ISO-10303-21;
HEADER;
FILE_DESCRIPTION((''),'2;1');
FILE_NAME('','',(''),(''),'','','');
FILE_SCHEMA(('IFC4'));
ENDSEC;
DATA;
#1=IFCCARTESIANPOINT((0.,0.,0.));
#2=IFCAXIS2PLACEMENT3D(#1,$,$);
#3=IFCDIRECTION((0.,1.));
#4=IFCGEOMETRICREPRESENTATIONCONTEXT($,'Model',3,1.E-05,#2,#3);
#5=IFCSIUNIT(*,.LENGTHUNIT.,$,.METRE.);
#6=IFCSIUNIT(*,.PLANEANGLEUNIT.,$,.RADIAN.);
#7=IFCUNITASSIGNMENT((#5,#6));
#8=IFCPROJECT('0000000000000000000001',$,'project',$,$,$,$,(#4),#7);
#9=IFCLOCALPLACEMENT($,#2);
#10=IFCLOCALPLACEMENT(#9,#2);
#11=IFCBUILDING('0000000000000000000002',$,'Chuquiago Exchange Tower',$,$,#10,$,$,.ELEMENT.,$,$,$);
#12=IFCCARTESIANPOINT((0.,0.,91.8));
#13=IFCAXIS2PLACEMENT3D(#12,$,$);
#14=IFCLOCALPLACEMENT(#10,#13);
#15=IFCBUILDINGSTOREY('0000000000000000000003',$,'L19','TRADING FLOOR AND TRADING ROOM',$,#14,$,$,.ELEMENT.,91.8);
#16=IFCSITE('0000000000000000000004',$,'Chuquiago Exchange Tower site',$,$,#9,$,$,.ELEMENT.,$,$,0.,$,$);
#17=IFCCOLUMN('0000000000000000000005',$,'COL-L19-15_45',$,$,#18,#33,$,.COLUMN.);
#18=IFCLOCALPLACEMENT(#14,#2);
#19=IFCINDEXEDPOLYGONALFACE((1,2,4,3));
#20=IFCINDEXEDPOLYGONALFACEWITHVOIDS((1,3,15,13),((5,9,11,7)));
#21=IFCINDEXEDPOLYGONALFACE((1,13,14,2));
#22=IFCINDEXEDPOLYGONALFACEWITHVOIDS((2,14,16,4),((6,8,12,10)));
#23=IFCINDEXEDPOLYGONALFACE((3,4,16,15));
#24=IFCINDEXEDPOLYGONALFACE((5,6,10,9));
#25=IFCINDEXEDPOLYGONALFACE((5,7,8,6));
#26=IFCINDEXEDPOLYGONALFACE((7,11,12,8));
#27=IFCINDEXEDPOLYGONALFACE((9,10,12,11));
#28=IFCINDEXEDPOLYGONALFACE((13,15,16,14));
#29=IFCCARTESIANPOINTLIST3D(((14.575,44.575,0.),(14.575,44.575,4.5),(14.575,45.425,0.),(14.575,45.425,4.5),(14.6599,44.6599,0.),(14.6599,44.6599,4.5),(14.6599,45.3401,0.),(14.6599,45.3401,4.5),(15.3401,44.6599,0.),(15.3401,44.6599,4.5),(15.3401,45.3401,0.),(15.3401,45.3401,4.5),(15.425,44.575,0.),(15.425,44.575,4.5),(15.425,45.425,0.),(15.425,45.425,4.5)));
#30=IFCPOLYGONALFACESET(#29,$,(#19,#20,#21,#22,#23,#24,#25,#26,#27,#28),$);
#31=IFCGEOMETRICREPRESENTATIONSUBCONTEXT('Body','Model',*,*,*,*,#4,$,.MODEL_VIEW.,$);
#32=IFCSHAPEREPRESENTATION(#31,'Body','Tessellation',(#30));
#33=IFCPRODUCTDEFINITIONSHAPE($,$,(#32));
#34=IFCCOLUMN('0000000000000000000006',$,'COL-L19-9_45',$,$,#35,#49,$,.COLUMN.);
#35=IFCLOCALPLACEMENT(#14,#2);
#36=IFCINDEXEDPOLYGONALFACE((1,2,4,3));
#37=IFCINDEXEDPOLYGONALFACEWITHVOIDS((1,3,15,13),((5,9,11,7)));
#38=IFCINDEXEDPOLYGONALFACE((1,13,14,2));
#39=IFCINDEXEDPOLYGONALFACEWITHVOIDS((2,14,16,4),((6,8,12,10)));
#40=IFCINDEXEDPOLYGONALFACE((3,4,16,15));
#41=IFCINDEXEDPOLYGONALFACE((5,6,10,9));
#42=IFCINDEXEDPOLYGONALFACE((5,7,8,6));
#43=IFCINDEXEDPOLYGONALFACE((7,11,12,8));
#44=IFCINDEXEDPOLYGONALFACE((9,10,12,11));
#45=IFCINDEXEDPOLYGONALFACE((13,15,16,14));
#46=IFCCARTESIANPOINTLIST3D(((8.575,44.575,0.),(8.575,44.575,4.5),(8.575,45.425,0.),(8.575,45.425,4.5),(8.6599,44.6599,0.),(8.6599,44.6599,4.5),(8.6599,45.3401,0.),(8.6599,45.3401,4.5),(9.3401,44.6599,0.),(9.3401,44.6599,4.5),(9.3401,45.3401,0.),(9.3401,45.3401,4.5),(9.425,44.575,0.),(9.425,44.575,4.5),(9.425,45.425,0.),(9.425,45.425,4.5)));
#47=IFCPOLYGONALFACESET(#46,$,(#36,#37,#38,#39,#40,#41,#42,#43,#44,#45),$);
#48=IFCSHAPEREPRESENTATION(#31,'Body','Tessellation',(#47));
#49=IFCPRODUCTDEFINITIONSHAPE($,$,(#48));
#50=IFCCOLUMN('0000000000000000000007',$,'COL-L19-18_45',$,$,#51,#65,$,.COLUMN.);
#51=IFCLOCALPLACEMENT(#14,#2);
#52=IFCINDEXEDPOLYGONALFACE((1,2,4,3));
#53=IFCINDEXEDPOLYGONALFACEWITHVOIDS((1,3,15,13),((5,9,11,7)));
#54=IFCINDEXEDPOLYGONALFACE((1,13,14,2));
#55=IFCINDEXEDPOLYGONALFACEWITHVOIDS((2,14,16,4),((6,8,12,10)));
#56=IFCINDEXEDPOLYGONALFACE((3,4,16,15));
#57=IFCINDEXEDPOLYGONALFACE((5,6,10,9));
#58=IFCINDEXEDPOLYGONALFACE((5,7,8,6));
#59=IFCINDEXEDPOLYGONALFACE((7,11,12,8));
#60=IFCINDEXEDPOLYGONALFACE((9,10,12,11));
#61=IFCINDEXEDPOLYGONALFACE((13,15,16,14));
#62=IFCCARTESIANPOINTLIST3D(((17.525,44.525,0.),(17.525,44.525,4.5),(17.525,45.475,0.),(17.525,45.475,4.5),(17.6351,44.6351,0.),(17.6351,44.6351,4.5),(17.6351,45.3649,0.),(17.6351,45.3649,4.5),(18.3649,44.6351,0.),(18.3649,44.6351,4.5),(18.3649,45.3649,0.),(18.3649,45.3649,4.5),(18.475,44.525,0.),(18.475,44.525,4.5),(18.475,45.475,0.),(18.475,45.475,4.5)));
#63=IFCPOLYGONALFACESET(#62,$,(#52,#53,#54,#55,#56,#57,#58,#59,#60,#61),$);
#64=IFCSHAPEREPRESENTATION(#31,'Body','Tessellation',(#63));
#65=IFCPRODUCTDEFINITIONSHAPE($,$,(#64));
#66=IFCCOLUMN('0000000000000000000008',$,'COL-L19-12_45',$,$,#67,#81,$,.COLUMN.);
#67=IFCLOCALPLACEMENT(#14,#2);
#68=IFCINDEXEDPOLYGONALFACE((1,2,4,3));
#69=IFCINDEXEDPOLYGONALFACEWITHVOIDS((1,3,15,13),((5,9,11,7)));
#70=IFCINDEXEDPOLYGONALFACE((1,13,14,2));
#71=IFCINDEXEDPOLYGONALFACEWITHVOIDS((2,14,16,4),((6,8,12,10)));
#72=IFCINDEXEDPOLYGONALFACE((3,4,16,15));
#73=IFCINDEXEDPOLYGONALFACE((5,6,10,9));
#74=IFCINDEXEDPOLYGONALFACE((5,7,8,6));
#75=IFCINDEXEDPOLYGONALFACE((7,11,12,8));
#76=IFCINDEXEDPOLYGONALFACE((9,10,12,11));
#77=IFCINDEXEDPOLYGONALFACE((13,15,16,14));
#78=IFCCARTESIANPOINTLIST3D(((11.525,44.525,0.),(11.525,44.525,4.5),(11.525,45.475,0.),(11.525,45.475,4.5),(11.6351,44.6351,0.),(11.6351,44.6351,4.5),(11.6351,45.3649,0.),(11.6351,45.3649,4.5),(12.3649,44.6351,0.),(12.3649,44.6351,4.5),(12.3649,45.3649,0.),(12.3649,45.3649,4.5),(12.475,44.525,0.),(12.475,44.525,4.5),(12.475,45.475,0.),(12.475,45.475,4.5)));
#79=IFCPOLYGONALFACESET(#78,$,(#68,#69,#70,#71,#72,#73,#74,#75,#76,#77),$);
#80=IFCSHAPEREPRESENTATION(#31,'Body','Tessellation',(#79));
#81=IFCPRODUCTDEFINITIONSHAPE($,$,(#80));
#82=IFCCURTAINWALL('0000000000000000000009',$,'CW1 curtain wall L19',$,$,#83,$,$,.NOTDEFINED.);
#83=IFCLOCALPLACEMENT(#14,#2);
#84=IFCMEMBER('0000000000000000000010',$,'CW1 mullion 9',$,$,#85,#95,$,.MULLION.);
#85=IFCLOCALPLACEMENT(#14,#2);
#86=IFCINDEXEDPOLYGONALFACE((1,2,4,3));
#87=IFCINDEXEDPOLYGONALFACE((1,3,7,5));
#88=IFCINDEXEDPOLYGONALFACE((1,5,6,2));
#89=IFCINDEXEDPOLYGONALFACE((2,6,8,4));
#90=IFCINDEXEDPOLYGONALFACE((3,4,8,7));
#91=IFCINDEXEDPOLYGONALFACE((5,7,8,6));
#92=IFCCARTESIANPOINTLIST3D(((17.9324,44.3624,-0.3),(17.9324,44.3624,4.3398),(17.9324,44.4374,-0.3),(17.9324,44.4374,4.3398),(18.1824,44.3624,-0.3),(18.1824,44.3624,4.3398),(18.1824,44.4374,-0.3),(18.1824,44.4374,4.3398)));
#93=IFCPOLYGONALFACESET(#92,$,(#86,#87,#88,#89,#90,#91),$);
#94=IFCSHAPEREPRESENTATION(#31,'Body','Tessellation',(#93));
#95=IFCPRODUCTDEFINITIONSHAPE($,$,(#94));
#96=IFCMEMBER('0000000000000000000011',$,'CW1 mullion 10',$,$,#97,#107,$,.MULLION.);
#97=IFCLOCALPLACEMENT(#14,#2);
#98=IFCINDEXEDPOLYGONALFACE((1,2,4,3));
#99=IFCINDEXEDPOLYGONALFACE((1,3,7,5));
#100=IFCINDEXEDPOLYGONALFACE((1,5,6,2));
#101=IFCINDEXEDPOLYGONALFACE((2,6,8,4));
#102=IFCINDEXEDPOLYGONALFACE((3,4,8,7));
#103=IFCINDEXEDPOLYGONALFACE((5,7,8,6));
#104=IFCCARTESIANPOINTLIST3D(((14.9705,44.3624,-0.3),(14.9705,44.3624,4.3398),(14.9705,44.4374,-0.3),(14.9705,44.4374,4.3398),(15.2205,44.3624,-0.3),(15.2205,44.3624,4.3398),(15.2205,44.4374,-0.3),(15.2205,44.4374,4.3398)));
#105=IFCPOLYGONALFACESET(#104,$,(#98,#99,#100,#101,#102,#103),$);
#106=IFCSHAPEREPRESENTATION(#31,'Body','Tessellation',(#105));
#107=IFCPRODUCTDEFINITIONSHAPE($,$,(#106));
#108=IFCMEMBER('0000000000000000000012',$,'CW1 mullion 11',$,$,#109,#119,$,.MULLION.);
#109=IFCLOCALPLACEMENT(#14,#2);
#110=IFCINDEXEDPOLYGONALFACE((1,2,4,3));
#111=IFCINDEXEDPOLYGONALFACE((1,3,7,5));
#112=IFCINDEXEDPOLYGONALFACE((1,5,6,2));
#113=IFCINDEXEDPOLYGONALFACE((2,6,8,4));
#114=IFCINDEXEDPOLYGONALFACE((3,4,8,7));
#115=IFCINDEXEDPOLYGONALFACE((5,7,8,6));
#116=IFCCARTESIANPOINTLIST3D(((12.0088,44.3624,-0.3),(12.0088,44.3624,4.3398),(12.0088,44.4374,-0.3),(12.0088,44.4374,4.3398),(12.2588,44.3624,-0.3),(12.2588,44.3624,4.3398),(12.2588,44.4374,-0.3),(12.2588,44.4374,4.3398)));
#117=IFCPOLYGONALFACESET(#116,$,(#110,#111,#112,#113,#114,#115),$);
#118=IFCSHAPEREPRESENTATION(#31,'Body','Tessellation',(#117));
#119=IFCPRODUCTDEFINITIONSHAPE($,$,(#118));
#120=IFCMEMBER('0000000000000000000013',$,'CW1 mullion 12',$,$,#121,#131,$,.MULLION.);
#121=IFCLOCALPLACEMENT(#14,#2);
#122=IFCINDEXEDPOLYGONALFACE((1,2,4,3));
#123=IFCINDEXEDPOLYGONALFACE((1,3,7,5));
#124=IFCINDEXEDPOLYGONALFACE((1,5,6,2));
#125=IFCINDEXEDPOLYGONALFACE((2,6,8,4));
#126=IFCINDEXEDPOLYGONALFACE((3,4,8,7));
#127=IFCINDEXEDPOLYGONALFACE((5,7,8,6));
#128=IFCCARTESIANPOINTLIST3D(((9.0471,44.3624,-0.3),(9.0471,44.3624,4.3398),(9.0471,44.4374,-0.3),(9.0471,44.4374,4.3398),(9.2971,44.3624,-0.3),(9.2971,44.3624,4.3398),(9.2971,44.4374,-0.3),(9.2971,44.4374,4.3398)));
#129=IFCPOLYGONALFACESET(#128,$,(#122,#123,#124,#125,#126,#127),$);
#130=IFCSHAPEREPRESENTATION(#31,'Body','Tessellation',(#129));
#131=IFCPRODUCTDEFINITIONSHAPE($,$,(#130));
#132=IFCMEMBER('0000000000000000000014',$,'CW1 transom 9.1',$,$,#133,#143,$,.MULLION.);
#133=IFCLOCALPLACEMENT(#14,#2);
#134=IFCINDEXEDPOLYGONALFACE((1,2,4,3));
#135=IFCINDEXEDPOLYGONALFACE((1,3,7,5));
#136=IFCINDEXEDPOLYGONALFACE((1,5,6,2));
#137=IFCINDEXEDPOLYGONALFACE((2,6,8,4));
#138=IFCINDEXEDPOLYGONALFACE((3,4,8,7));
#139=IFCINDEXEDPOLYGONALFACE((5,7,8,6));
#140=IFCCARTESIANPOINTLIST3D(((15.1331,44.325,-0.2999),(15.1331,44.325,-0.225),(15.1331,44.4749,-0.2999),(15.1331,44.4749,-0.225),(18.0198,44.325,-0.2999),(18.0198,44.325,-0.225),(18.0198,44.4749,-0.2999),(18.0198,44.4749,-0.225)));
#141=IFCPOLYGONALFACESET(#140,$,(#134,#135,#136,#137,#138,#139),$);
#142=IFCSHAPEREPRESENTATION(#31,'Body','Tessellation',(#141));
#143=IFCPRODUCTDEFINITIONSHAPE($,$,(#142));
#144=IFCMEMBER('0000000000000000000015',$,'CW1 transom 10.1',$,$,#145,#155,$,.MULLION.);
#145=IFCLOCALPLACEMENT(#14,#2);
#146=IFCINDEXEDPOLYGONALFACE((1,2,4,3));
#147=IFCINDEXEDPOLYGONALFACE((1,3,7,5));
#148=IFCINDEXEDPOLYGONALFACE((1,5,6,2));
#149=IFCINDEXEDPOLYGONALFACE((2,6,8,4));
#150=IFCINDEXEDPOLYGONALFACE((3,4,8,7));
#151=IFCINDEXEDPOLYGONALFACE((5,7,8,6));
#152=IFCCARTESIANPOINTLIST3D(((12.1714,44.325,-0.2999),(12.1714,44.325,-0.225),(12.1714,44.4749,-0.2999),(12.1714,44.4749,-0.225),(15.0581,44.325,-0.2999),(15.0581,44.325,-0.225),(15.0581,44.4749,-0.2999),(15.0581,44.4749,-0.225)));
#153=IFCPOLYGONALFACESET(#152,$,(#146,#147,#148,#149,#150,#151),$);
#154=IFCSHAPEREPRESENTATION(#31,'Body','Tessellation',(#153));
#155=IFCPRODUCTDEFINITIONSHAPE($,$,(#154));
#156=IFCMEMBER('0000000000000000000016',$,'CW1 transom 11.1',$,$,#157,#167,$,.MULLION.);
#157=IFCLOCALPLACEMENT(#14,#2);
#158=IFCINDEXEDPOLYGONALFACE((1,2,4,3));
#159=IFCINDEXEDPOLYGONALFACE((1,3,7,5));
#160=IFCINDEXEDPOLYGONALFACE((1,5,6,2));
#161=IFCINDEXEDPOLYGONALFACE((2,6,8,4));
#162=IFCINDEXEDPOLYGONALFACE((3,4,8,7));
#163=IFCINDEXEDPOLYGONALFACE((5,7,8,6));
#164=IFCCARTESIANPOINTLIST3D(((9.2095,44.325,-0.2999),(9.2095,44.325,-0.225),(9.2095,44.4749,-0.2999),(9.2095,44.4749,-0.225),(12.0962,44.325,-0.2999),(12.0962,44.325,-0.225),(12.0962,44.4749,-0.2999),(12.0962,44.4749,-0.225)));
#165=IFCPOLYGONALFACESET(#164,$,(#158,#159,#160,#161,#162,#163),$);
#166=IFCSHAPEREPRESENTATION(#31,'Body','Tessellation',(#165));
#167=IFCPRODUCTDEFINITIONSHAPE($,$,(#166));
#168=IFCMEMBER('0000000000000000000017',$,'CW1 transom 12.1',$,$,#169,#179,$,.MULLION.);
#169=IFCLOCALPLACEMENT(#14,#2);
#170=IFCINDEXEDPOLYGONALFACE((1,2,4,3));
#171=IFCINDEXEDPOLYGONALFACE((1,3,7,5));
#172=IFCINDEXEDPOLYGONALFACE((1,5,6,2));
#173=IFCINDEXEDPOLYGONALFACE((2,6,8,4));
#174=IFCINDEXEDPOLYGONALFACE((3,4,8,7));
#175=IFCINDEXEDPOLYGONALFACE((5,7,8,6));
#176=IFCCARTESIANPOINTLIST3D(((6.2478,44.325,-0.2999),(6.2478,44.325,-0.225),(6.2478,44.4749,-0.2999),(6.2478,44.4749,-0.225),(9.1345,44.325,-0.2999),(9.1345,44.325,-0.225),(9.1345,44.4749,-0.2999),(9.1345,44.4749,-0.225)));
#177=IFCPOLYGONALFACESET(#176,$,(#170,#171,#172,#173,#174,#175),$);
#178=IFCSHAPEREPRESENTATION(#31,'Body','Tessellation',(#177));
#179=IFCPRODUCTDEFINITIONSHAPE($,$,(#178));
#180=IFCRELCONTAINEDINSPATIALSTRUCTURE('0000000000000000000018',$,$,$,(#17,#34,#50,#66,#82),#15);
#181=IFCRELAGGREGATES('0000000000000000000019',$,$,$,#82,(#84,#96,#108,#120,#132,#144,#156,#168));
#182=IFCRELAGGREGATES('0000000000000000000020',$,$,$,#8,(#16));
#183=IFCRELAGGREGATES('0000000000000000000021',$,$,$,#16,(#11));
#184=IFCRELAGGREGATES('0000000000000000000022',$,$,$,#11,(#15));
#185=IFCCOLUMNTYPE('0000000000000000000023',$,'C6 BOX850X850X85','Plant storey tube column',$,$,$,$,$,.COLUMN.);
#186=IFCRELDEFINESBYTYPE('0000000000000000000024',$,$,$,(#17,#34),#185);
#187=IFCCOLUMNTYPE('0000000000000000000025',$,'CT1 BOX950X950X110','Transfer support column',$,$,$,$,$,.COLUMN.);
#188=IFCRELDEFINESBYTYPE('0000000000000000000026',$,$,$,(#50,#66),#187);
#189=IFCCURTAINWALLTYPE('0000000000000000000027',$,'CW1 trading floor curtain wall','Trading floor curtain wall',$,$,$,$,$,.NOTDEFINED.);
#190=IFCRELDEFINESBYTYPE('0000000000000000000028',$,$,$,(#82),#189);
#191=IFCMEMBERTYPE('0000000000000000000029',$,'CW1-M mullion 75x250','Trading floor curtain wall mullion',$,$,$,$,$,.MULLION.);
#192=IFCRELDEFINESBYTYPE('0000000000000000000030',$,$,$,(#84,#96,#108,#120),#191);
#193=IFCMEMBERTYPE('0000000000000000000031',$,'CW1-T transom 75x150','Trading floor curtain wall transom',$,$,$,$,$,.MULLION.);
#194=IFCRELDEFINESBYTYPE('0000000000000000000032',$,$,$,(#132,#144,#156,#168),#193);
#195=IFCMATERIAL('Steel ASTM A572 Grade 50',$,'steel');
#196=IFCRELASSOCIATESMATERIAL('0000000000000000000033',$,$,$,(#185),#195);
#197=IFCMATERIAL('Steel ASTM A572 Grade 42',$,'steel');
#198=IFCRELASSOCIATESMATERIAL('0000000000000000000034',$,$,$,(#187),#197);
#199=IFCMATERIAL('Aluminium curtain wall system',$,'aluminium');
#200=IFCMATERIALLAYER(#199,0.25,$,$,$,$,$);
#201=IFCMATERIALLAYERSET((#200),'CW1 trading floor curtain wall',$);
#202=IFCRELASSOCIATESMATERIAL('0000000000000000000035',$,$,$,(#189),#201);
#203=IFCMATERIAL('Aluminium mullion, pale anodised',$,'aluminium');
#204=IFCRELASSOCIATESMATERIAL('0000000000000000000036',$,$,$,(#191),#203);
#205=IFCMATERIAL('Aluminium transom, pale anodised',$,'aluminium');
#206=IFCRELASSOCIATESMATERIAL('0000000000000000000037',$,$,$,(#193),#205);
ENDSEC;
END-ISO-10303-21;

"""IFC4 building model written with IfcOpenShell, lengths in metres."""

from ifc_helpers import new_model, si_unit, direction, frame, origin, origin_2d, place, context, subcontext, project, spatial, rectangle, hollow_rectangle, extrude, material, layer, layer_set, material_profile, profile_set, type_object, element, aggregate, save


model = new_model("IFC4")

# Units and contexts
model_context = context("Model", 3, precision=1e-05, world=origin(), true_north=direction((0.0, 1.0)))
body_context = subcontext(model_context, "Body", "Model", "MODEL_VIEW")
ifc_project = project(units=[si_unit("LENGTHUNIT", "METRE"), si_unit("PLANEANGLEUNIT", "RADIAN")], contexts=[model_context])

# Site, building, storey
site_placement = place(None, origin())
site = spatial("IfcSite", under=ifc_project, at=site_placement, Name="Chuquiago Exchange Tower site", CompositionType="ELEMENT", RefElevation=0.0)
building_placement = place(site_placement, origin())
building = spatial("IfcBuilding", under=site, at=building_placement, Name="Chuquiago Exchange Tower", CompositionType="ELEMENT")
storey_placement = place(building_placement, frame((0.0, 0.0, 91.8)))
storey = spatial("IfcBuildingStorey", under=building, at=storey_placement, Name="L19", Description="TRADING FLOOR AND TRADING ROOM", CompositionType="ELEMENT", Elevation=91.8)

# Columns
ifc_material_1 = material(Name="Steel ASTM A572 Grade 50", Category="steel")
ifc_material_profile_1 = material_profile(ifc_material_1, hollow_rectangle(XDim=0.8501, YDim=0.8501, WallThickness=0.085, at=origin_2d()), Name="BOX850X850X85")
ifc_profile_set_1 = profile_set([ifc_material_profile_1], Name="Steel ASTM A572 Grade 50")
column_type_1 = type_object("IfcColumnType", Name="C6 BOX850X850X85", Description="Plant storey tube column", PredefinedType="COLUMN", material=ifc_profile_set_1)
for number, where, z_axis, x_axis, name in (
    (1, (15.0, 45.0, 0.0), (0.0, 0.0, 1.0), (0.0, 1.0, 0.0), "COL-L19-15_45"),
    (2, (9.0, 45.0, 0.0), (0.0, 0.0, 1.0), (0.0, 1.0, 0.0), "COL-L19-9_45"),
):
    element("IfcColumn", number, at=place(storey_placement, frame(where, z_axis=z_axis, x_axis=x_axis)), inside=storey, type_object=column_type_1, Name=name, PredefinedType="COLUMN", context=body_context, shape_type="SweptSolid", body=[
        extrude(hollow_rectangle(XDim=0.8501, YDim=0.8501, WallThickness=0.085, at=origin_2d()), origin(), (0.0, 0.0, 1.0), 4.5),
    ])
ifc_material_2 = material(Name="Steel ASTM A572 Grade 42", Category="steel")
ifc_material_profile_2 = material_profile(ifc_material_2, hollow_rectangle(XDim=0.95, YDim=0.95, WallThickness=0.1101, at=origin_2d()), Name="BOX950X950X110")
ifc_profile_set_2 = profile_set([ifc_material_profile_2], Name="Steel ASTM A572 Grade 42")
column_type_2 = type_object("IfcColumnType", Name="CT1 BOX950X950X110", Description="Transfer support column", PredefinedType="COLUMN", material=ifc_profile_set_2)
for number, where, z_axis, x_axis, name in (
    (3, (18.0, 45.0, 0.0), (0.0, 0.0, 1.0), (0.0, 1.0, 0.0), "COL-L19-18_45"),
    (4, (12.0, 45.0, 0.0), (0.0, 0.0, 1.0), (0.0, 1.0, 0.0), "COL-L19-12_45"),
):
    element("IfcColumn", number, at=place(storey_placement, frame(where, z_axis=z_axis, x_axis=x_axis)), inside=storey, type_object=column_type_2, Name=name, PredefinedType="COLUMN", context=body_context, shape_type="SweptSolid", body=[
        extrude(hollow_rectangle(XDim=0.95, YDim=0.95, WallThickness=0.1101, at=origin_2d()), origin(), (0.0, 0.0, 1.0), 4.5),
    ])

# Curtain wall, members
ifc_material_3 = material(Name="Aluminium curtain wall system", Category="aluminium")
ifc_layer_1 = layer(ifc_material_3, 0.25)
ifc_layer_set_1 = layer_set([ifc_layer_1], Name="CW1 trading floor curtain wall")
curtain_wall_type = type_object("IfcCurtainWallType", Name="CW1 trading floor curtain wall", Description="Trading floor curtain wall", PredefinedType="NOTDEFINED", material=ifc_layer_set_1)
curtain_wall_placement = place(storey_placement, origin())
curtain_wall = element("IfcCurtainWall", 5, at=curtain_wall_placement, inside=storey, type_object=curtain_wall_type, Name="CW1 curtain wall L19", PredefinedType="NOTDEFINED")
ifc_material_4 = material(Name="Aluminium mullion, pale anodised", Category="aluminium")
ifc_material_profile_3 = material_profile(ifc_material_4, rectangle(XDim=0.075, YDim=0.25, at=origin_2d()), Name="AL 75x250")
ifc_profile_set_3 = profile_set([ifc_material_profile_3], Name="Aluminium mullion, pale anodised")
member_type_1 = type_object("IfcMemberType", Name="CW1-M mullion 75x250", Description="Trading floor curtain wall mullion", PredefinedType="MULLION", material=ifc_profile_set_3)
member_1_placement = place(storey_placement, frame((18.0574, 44.3999, -0.3), z_axis=(0.0, 0.0, 1.0), x_axis=(0.0, -1.0, 0.0)))
member_1 = element("IfcMember", 6, at=member_1_placement, type_object=member_type_1, Name="CW1 mullion 9", PredefinedType="MULLION", context=body_context, shape_type="SweptSolid", body=[
    extrude(rectangle(XDim=0.075, YDim=0.25, at=origin_2d()), origin(), (0.0, 0.0, 1.0), 4.6399),
])
member_2_placement = place(storey_placement, frame((15.0955, 44.3999, -0.3), z_axis=(0.0, 0.0, 1.0), x_axis=(0.0, -1.0, 0.0)))
member_2 = element("IfcMember", 7, at=member_2_placement, type_object=member_type_1, Name="CW1 mullion 10", PredefinedType="MULLION", context=body_context, shape_type="SweptSolid", body=[
    extrude(rectangle(XDim=0.075, YDim=0.25, at=origin_2d()), origin(), (0.0, 0.0, 1.0), 4.6399),
])
member_3_placement = place(storey_placement, frame((12.1338, 44.3999, -0.3), z_axis=(0.0, 0.0, 1.0), x_axis=(0.0, -1.0, 0.0)))
member_3 = element("IfcMember", 8, at=member_3_placement, type_object=member_type_1, Name="CW1 mullion 11", PredefinedType="MULLION", context=body_context, shape_type="SweptSolid", body=[
    extrude(rectangle(XDim=0.075, YDim=0.25, at=origin_2d()), origin(), (0.0, 0.0, 1.0), 4.6399),
])
member_4_placement = place(storey_placement, frame((9.1721, 44.3999, -0.3), z_axis=(0.0, 0.0, 1.0), x_axis=(0.0, -1.0, 0.0)))
member_4 = element("IfcMember", 9, at=member_4_placement, type_object=member_type_1, Name="CW1 mullion 12", PredefinedType="MULLION", context=body_context, shape_type="SweptSolid", body=[
    extrude(rectangle(XDim=0.075, YDim=0.25, at=origin_2d()), origin(), (0.0, 0.0, 1.0), 4.6399),
])
ifc_material_5 = material(Name="Aluminium transom, pale anodised", Category="aluminium")
ifc_material_profile_4 = material_profile(ifc_material_5, rectangle(XDim=0.1499, YDim=0.075, at=origin_2d()), Name="AL 150x75")
ifc_profile_set_4 = profile_set([ifc_material_profile_4], Name="Aluminium transom, pale anodised")
member_type_2 = type_object("IfcMemberType", Name="CW1-T transom 75x150", Description="Trading floor curtain wall transom", PredefinedType="MULLION", material=ifc_profile_set_4)
member_5_placement = place(storey_placement, frame((18.0198, 44.3999, -0.2625), z_axis=(-1.0, 0.0, 0.0), x_axis=(0.0, -1.0, 0.0)))
member_5 = element("IfcMember", 10, at=member_5_placement, type_object=member_type_2, Name="CW1 transom 9.1", PredefinedType="MULLION", context=body_context, shape_type="SweptSolid", body=[
    extrude(rectangle(XDim=0.1499, YDim=0.075, at=origin_2d()), origin(), (0.0, 0.0, 1.0), 2.8867),
])
member_6_placement = place(storey_placement, frame((15.0581, 44.3999, -0.2625), z_axis=(-1.0, 0.0, 0.0), x_axis=(0.0, -1.0, 0.0)))
member_6 = element("IfcMember", 11, at=member_6_placement, type_object=member_type_2, Name="CW1 transom 10.1", PredefinedType="MULLION", context=body_context, shape_type="SweptSolid", body=[
    extrude(rectangle(XDim=0.1499, YDim=0.075, at=origin_2d()), origin(), (0.0, 0.0, 1.0), 2.8867),
])
member_7_placement = place(storey_placement, frame((12.0962, 44.3999, -0.2625), z_axis=(-1.0, 0.0, 0.0), x_axis=(0.0, -1.0, 0.0)))
member_7 = element("IfcMember", 12, at=member_7_placement, type_object=member_type_2, Name="CW1 transom 11.1", PredefinedType="MULLION", context=body_context, shape_type="SweptSolid", body=[
    extrude(rectangle(XDim=0.1499, YDim=0.075, at=origin_2d()), origin(), (0.0, 0.0, 1.0), 2.8867),
])
member_8_placement = place(storey_placement, frame((9.1345, 44.3999, -0.2625), z_axis=(-1.0, 0.0, 0.0), x_axis=(0.0, -1.0, 0.0)))
member_8 = element("IfcMember", 13, at=member_8_placement, type_object=member_type_2, Name="CW1 transom 12.1", PredefinedType="MULLION", context=body_context, shape_type="SweptSolid", body=[
    extrude(rectangle(XDim=0.1499, YDim=0.075, at=origin_2d()), origin(), (0.0, 0.0, 1.0), 2.8867),
])

aggregate(curtain_wall, [member_1, member_2, member_3, member_4, member_5, member_6, member_7, member_8])

save(model, "model.ifc")
